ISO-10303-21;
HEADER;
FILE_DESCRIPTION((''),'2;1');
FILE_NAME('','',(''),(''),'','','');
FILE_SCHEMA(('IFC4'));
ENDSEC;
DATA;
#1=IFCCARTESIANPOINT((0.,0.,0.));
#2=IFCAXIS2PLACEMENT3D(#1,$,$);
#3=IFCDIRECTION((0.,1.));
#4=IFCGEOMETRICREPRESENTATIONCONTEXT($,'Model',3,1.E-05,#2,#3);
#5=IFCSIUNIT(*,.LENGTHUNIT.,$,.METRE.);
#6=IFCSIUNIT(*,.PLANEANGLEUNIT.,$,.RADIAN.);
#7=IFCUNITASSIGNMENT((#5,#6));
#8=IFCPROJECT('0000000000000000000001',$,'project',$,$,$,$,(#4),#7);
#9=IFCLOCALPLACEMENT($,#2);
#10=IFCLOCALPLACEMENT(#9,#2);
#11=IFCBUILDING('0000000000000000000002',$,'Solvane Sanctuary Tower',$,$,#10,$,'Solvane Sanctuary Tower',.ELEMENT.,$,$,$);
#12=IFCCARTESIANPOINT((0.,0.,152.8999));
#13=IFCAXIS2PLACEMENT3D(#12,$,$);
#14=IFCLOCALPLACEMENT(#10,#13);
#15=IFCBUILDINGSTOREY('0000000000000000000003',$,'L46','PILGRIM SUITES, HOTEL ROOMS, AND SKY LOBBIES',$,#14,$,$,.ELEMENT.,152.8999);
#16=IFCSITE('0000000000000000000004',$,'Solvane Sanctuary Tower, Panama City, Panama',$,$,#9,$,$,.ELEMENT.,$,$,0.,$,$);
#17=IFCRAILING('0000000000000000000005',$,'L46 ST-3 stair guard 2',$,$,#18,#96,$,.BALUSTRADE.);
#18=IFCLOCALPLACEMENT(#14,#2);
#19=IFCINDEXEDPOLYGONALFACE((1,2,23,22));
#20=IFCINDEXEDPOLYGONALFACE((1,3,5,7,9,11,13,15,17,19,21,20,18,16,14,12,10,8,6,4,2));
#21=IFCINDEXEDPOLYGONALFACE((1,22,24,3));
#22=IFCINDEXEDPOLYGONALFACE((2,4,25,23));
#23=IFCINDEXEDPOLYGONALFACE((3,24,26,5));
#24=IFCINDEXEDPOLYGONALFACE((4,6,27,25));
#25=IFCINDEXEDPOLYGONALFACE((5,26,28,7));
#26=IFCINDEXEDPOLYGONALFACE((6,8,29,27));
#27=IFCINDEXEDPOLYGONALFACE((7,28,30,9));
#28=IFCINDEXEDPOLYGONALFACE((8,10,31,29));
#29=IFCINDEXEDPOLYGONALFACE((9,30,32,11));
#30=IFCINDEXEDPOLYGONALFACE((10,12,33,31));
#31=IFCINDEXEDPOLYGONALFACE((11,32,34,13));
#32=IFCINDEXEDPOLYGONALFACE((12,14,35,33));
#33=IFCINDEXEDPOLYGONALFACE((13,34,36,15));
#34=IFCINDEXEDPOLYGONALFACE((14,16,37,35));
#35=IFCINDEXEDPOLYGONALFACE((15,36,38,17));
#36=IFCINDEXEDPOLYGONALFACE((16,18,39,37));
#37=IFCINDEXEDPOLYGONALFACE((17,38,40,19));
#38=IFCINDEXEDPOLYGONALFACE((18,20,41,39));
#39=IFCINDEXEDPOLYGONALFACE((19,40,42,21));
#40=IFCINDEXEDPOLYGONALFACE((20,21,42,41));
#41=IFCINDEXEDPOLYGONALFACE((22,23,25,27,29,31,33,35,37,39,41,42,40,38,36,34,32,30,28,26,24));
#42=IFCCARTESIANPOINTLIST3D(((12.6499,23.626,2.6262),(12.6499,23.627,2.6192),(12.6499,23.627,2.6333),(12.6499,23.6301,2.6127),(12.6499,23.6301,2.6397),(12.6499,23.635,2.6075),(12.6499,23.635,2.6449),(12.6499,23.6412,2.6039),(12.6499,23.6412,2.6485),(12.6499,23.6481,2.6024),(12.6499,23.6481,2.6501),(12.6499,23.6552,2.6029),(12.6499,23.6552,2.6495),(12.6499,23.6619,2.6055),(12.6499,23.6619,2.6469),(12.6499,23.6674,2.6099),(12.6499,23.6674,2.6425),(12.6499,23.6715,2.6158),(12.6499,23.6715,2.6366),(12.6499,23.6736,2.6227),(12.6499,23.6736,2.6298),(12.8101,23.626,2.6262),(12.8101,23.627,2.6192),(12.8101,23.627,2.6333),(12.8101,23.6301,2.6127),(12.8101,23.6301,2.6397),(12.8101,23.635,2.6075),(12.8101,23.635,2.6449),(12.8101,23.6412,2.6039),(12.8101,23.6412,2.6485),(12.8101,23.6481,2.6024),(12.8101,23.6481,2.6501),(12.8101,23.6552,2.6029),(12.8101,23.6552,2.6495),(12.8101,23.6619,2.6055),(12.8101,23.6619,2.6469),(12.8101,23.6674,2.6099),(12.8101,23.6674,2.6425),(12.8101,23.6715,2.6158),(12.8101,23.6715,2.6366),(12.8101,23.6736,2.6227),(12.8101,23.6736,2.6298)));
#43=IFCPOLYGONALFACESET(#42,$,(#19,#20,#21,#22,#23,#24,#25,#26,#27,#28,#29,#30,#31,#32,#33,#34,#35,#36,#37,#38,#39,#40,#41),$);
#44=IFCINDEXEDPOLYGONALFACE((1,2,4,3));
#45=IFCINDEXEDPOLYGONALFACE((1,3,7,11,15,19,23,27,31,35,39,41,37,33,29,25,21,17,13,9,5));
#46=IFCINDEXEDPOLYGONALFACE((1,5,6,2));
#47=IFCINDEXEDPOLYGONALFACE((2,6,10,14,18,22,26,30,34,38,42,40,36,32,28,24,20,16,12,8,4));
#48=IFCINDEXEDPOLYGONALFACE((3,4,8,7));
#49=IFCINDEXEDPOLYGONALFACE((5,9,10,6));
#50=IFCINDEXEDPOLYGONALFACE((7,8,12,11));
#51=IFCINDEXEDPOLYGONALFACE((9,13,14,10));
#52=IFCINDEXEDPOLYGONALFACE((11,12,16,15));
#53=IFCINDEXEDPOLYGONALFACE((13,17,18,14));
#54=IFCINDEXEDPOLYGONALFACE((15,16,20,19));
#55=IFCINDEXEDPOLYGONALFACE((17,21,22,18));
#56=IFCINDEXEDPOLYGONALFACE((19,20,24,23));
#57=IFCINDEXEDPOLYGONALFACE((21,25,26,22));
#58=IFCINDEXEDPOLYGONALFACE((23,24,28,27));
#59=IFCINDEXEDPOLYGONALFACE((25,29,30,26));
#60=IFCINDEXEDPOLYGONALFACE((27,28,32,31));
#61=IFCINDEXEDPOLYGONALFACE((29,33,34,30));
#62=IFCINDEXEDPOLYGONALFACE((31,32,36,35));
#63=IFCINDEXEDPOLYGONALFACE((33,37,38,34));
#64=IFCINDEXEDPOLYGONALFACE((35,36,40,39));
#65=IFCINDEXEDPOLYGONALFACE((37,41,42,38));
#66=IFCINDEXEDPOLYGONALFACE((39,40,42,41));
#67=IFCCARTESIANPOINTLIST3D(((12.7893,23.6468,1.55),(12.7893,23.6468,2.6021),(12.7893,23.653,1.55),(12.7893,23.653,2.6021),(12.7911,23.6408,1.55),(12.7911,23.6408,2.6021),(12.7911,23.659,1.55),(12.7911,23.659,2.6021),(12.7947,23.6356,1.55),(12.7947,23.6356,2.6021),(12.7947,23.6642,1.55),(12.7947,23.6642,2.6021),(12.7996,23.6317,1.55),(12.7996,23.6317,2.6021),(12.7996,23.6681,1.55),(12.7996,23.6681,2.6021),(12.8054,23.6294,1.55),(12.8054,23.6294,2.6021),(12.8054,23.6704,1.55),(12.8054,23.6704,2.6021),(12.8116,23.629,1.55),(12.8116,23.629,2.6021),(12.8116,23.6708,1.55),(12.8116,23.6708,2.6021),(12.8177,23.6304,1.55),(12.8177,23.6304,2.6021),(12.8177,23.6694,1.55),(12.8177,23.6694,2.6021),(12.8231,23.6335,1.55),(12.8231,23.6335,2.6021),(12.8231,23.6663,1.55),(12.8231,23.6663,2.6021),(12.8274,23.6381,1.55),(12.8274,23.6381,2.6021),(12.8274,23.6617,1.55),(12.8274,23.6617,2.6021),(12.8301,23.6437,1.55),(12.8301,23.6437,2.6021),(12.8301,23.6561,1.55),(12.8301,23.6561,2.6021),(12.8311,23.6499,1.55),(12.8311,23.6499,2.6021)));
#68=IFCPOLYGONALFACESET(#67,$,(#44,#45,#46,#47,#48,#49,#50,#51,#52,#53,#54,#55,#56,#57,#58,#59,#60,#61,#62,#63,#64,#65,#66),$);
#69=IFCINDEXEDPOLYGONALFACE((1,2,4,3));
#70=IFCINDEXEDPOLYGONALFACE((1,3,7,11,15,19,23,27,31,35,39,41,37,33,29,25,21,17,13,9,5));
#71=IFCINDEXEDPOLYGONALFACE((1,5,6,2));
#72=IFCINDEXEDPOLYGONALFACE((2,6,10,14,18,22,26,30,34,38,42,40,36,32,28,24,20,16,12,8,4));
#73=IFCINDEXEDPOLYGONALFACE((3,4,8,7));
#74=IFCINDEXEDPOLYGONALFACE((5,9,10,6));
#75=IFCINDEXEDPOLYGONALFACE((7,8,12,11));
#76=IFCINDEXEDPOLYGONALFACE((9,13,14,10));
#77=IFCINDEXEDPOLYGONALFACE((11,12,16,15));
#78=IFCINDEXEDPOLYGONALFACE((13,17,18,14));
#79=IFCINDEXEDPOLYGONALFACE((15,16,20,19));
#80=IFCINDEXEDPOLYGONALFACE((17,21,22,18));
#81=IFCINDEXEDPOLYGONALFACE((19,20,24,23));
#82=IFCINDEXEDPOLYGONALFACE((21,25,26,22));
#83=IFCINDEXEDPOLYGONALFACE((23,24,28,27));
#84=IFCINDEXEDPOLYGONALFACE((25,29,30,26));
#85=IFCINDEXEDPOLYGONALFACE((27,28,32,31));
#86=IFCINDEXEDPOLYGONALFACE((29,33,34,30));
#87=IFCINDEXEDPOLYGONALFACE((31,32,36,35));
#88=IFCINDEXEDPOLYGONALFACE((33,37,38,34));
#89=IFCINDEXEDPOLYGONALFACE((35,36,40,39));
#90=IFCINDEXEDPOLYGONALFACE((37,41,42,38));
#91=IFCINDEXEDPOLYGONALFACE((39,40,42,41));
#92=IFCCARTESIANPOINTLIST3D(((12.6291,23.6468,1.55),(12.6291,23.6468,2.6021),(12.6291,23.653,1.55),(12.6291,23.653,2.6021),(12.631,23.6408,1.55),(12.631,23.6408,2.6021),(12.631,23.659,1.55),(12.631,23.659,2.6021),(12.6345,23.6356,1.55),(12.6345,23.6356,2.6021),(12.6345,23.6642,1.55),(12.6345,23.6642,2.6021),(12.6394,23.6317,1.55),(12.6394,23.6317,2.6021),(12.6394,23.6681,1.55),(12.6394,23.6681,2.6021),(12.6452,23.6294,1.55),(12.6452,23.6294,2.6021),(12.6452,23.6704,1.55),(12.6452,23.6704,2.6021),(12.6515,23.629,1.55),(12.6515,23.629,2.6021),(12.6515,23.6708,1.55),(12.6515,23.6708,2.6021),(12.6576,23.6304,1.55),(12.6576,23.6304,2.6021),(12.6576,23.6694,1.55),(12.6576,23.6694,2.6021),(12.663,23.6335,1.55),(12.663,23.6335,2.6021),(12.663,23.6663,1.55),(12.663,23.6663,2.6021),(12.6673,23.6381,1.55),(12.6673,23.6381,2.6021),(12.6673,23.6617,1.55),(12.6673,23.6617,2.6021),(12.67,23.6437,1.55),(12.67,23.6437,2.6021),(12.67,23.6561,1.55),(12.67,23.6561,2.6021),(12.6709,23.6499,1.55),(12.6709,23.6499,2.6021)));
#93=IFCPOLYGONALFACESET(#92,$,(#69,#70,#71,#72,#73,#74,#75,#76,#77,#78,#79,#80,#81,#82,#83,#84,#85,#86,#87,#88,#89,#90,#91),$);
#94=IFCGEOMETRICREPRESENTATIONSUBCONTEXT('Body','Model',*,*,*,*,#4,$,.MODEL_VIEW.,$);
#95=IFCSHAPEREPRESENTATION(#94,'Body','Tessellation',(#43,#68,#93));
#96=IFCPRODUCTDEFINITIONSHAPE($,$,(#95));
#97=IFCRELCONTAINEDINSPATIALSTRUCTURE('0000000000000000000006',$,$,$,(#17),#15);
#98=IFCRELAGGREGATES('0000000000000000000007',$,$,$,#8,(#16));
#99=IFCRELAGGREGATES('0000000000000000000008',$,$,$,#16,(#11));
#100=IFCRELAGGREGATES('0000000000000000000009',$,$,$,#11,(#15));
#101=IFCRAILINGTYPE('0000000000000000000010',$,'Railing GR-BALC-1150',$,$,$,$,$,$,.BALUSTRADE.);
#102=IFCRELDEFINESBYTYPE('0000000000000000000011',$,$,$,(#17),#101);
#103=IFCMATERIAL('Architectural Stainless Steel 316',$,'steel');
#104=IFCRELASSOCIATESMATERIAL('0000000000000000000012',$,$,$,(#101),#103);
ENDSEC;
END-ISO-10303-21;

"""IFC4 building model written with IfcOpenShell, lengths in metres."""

from ifc_helpers import new_model, si_unit, direction, frame, origin, origin_2d, place, context, subcontext, project, spatial, circle, extrude, material, type_object, element, save


model = new_model("IFC4")

# Units and contexts
model_context = context("Model", 3, precision=1e-05, world=origin(), true_north=direction((0.0, 1.0)))
body_context = subcontext(model_context, "Body", "Model", "MODEL_VIEW")
ifc_project = project(units=[si_unit("LENGTHUNIT", "METRE"), si_unit("PLANEANGLEUNIT", "RADIAN")], contexts=[model_context])

# Site, building, storey
site_placement = place(None, origin())
site = spatial("IfcSite", under=ifc_project, at=site_placement, Name="Solvane Sanctuary Tower, Panama City, Panama", CompositionType="ELEMENT", RefElevation=0.0)
building_placement = place(site_placement, origin())
building = spatial("IfcBuilding", under=site, at=building_placement, Name="Solvane Sanctuary Tower", LongName="Solvane Sanctuary Tower", CompositionType="ELEMENT")
storey_placement = place(building_placement, frame((0.0, 0.0, 152.8999)))
storey = spatial("IfcBuildingStorey", under=building, at=storey_placement, Name="L46", Description="PILGRIM SUITES, HOTEL ROOMS, AND SKY LOBBIES", CompositionType="ELEMENT", Elevation=152.8999)

# Shared definitions
ifc_material_1 = material(Name="Architectural Stainless Steel 316", Category="steel")

# Railing
railing_type_1 = type_object("IfcRailingType", Name="Railing GR-BALC-1150", PredefinedType="BALUSTRADE", material=ifc_material_1)
railing_1_placement = place(storey_placement, frame((12.8101, 23.6499, 1.55)))
element("IfcRailing", 1, at=railing_1_placement, inside=storey, type_object=railing_type_1, Name="L46 ST-3 stair guard 2", PredefinedType="BALUSTRADE", context=body_context, shape_type="SweptSolid", body=[
    extrude(circle(Radius=0.0239, at=origin_2d()), frame((0.0, 0.0, 1.0762), z_axis=(-1.0, 0.0, 0.0), x_axis=(0.0, -1.0, 0.0)), (0.0, 0.0, 1.0), 0.1602),
    extrude(circle(Radius=0.021, at=origin_2d()), origin(), (0.0, 0.0, 1.0), 1.052),
    extrude(circle(Radius=0.021, at=origin_2d()), frame((-0.1602, 0.0, 0.0)), (0.0, 0.0, 1.0), 1.052),
])

save(model, "model.ifc")
